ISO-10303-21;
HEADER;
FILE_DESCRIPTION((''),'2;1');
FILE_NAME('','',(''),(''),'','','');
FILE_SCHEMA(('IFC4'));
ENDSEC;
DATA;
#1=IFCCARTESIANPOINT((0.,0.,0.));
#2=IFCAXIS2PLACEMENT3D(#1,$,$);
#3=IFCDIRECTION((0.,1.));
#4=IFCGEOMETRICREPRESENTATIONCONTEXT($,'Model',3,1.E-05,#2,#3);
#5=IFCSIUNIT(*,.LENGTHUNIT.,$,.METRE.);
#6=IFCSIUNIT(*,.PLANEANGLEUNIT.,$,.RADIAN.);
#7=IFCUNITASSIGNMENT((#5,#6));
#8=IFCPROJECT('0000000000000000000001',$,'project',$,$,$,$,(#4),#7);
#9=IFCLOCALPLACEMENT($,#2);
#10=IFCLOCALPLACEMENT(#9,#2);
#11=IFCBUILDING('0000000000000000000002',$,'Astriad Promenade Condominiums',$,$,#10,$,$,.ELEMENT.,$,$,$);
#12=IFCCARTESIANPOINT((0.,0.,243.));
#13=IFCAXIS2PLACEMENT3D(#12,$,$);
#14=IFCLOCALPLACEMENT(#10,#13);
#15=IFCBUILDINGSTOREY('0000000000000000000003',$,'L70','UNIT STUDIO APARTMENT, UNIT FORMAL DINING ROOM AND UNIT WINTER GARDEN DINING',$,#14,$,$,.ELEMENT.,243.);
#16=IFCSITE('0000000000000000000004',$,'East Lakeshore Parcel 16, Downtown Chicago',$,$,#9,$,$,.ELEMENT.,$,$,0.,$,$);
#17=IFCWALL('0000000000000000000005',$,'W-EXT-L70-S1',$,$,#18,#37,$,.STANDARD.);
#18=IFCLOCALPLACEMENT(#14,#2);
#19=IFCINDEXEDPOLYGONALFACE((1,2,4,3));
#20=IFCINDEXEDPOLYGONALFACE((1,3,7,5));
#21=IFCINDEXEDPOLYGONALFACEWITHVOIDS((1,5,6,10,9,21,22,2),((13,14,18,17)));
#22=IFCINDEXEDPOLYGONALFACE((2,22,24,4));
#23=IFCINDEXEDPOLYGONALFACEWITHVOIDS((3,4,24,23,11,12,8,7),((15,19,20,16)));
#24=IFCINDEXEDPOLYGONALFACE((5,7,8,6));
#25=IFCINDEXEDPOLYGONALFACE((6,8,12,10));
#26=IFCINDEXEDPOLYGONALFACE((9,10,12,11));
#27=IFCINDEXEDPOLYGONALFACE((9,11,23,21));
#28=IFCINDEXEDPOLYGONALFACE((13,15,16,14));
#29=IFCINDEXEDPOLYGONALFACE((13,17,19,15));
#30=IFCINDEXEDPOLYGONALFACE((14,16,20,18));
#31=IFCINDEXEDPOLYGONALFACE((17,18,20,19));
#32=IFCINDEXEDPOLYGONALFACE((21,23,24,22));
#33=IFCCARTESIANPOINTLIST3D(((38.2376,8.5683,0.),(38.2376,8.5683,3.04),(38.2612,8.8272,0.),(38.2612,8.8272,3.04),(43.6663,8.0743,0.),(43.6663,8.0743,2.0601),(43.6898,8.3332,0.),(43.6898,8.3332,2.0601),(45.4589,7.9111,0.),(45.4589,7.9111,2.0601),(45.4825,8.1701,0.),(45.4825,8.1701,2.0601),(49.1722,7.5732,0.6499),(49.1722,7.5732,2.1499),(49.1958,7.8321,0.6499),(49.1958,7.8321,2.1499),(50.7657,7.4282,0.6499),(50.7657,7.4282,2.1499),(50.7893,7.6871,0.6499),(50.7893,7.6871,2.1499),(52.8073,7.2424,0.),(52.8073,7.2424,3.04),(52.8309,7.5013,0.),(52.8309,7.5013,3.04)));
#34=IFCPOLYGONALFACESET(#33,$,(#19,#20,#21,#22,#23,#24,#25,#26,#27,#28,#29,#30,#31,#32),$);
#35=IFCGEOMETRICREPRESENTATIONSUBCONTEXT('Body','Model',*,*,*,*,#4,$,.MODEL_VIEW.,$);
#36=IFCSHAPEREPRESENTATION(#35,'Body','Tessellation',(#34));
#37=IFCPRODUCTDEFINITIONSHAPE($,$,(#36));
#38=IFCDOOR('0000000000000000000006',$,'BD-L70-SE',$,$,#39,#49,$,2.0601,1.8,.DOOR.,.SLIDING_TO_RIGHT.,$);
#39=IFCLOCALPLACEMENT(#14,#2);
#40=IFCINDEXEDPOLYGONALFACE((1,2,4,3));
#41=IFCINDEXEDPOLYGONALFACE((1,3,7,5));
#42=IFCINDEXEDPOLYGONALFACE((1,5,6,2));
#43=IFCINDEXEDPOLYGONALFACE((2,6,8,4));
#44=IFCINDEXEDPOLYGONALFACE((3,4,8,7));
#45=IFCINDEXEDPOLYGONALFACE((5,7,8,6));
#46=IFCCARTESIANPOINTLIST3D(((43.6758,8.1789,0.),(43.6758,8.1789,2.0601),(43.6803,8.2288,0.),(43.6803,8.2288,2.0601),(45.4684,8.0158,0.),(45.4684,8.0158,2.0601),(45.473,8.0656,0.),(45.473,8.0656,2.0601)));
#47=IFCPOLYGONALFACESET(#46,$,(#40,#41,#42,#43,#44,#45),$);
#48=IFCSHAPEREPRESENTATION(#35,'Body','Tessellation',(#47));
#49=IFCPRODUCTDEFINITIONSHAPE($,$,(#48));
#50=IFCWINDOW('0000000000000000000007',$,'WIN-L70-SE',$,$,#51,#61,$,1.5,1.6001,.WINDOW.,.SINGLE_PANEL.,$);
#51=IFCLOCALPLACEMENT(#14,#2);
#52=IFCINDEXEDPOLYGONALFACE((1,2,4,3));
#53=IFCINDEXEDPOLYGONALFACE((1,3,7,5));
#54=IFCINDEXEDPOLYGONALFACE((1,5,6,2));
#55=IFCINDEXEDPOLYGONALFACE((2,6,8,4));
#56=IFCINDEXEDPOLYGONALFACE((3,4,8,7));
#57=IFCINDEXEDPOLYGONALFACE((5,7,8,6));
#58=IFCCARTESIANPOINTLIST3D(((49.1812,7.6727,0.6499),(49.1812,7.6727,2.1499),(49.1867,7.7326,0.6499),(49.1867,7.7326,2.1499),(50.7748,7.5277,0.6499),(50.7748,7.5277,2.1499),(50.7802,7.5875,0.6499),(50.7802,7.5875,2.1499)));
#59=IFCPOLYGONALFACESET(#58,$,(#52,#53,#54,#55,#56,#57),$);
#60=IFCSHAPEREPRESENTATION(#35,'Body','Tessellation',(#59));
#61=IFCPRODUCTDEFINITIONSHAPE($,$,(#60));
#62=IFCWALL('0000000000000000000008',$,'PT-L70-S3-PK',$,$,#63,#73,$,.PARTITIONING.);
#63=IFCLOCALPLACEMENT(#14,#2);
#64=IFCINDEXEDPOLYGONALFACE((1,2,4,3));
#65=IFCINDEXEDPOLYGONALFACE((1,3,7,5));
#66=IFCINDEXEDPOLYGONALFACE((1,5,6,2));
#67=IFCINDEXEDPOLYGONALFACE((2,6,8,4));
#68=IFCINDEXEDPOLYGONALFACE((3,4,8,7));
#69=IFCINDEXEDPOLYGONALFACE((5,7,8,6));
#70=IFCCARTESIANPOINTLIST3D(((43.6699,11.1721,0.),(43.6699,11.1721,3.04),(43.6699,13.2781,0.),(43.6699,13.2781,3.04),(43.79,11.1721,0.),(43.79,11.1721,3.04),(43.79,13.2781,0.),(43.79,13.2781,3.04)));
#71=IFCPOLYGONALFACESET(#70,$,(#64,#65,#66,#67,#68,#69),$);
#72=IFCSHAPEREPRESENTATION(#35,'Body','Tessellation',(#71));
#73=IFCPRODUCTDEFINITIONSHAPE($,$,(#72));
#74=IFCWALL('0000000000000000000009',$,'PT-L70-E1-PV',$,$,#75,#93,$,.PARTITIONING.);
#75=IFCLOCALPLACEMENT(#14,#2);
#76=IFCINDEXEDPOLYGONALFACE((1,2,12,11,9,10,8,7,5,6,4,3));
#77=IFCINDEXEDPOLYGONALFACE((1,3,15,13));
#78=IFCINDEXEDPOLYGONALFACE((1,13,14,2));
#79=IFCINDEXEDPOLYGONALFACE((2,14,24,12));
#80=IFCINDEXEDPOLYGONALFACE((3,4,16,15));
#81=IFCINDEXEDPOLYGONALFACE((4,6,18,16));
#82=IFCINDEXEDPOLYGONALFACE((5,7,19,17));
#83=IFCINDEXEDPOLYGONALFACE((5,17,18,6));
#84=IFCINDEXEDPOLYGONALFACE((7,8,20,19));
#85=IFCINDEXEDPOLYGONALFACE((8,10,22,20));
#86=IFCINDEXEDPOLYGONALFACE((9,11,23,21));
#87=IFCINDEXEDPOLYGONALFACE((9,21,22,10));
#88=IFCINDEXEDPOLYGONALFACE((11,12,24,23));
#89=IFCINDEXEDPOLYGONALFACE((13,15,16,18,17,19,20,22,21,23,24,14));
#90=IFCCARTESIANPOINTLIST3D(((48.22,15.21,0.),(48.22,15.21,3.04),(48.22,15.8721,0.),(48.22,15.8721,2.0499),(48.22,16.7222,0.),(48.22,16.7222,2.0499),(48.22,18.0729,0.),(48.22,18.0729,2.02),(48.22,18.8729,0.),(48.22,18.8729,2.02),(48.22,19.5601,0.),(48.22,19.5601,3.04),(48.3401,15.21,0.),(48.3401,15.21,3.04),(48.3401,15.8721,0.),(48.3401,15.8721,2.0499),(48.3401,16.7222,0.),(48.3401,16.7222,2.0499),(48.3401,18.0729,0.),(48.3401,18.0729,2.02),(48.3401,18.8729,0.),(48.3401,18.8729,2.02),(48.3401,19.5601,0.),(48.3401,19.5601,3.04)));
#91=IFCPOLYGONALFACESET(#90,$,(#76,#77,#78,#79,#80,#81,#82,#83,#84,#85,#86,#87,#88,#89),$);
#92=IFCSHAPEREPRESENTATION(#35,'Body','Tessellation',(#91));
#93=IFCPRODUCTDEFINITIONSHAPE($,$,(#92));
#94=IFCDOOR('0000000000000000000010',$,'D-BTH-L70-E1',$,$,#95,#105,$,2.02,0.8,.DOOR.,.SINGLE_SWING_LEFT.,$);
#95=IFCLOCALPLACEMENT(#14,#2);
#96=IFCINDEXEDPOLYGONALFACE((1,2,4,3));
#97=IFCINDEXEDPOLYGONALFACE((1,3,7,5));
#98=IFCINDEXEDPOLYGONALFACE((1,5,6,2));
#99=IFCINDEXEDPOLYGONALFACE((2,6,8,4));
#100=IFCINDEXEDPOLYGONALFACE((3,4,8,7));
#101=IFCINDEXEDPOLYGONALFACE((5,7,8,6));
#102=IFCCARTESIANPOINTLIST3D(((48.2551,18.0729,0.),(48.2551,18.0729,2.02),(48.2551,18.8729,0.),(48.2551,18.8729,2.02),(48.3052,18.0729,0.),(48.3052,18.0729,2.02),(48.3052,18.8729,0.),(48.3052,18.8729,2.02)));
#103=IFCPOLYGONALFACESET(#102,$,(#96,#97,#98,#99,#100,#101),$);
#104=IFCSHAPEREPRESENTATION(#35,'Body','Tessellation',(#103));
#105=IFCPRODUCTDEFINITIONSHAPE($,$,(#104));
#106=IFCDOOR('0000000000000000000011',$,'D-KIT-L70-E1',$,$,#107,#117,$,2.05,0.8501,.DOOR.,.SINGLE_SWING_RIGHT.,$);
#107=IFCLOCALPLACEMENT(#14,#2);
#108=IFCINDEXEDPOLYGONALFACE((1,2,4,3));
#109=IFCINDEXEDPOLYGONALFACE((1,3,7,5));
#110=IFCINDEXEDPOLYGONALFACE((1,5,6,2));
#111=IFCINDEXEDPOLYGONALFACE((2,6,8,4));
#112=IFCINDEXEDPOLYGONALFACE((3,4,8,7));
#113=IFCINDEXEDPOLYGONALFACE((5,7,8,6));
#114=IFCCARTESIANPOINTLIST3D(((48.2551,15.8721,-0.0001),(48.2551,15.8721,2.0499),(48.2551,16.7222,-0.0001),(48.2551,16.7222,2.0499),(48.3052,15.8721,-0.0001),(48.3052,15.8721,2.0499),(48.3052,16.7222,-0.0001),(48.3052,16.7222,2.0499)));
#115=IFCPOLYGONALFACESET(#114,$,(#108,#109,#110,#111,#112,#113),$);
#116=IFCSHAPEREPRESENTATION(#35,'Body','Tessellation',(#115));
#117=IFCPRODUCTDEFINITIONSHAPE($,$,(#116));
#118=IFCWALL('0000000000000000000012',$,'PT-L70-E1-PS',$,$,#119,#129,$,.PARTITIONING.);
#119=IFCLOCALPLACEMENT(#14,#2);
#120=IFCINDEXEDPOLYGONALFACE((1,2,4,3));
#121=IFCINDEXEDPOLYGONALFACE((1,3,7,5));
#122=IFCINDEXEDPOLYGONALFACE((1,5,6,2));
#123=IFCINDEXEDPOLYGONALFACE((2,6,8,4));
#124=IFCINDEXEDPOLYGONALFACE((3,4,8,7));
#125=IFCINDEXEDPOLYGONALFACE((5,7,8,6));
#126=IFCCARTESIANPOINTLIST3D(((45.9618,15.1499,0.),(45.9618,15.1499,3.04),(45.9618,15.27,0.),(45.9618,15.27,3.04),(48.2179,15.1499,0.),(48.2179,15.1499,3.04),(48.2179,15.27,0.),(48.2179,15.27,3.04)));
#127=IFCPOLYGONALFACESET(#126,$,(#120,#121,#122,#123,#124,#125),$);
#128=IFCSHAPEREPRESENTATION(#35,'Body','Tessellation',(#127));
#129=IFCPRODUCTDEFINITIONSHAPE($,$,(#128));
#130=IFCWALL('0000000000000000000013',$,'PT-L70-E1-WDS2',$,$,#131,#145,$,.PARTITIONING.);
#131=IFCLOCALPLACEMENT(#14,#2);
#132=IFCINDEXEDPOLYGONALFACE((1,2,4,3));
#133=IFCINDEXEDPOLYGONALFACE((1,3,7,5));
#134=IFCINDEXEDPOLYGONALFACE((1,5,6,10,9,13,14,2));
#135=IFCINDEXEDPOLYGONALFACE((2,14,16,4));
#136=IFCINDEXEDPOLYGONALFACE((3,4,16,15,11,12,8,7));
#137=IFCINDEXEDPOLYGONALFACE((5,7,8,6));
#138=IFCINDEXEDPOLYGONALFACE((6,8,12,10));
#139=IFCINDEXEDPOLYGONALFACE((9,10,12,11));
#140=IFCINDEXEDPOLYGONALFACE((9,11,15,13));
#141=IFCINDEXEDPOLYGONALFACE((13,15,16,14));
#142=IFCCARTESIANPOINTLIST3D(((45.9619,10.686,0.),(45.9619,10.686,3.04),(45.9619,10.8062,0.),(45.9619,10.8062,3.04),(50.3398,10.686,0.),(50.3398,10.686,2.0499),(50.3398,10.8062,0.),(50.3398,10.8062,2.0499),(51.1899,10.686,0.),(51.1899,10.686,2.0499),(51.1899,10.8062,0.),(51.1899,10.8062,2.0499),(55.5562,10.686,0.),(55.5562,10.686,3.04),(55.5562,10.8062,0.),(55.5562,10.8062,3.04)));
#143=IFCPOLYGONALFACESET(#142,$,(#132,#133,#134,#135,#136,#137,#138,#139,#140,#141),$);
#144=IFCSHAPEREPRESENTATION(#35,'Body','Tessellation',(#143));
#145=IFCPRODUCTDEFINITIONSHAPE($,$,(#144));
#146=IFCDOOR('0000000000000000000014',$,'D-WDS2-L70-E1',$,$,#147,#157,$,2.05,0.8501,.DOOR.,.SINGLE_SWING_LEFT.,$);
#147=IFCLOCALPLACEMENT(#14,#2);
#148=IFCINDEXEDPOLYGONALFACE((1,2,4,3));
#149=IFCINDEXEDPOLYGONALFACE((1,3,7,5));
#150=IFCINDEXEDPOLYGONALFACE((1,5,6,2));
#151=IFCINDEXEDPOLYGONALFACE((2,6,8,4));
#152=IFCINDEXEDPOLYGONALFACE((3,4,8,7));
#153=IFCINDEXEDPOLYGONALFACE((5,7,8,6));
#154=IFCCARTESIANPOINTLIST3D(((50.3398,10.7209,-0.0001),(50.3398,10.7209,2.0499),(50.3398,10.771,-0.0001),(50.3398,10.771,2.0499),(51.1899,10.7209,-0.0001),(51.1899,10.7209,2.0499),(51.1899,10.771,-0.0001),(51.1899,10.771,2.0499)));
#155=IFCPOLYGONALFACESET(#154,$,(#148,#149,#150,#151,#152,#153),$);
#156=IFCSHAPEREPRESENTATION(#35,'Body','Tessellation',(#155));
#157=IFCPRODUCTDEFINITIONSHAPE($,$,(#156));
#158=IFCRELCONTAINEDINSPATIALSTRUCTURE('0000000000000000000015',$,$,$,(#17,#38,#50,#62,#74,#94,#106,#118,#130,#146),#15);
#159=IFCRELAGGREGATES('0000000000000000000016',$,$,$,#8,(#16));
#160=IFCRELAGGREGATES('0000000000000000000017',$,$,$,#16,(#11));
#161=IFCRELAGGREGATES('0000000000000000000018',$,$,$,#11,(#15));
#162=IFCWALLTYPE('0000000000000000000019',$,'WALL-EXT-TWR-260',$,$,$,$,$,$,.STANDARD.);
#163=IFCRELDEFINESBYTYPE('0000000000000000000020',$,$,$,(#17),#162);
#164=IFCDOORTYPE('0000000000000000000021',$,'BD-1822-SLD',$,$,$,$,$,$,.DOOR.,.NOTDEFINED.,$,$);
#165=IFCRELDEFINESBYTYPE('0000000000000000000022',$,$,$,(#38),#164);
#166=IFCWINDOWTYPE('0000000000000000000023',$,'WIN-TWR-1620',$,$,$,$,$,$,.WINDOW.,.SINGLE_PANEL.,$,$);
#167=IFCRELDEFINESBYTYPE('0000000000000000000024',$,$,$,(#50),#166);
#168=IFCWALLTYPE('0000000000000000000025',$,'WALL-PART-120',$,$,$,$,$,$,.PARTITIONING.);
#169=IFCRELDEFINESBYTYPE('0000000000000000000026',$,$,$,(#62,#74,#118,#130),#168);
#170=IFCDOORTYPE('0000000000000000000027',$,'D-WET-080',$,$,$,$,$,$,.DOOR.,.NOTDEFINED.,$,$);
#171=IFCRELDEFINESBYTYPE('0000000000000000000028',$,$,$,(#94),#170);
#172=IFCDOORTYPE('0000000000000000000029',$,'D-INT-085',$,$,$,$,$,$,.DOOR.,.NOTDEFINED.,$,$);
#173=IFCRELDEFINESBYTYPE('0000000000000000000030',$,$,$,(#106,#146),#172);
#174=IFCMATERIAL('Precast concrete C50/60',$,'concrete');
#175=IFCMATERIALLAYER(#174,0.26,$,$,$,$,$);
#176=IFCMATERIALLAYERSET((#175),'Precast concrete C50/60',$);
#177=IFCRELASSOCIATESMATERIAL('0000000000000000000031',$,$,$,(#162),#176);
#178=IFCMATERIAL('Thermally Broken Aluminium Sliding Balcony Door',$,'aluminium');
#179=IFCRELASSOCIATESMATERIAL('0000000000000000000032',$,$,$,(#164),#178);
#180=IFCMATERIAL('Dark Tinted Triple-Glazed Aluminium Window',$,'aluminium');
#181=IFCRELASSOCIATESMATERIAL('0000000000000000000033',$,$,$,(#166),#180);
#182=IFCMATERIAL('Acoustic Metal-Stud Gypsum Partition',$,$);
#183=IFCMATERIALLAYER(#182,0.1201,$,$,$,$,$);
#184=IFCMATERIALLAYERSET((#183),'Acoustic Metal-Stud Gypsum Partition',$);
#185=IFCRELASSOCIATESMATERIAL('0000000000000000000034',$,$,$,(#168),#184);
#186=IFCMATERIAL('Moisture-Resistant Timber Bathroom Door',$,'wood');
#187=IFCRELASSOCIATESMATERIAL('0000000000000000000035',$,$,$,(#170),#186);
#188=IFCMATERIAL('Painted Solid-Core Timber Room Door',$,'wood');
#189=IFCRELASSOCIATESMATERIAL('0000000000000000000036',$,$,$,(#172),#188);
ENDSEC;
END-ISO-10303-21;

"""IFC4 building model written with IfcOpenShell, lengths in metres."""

from ifc_helpers import new_model, si_unit, direction, frame, frame_2d, origin, place, context, subcontext, project, spatial, rectangle, extrude, source, transform, mapped, material, layer, layer_set, type_object, type_shapes, element, fill, save


model = new_model("IFC4")

# Units and contexts
model_context = context("Model", 3, precision=1e-05, world=origin(), true_north=direction((0.0, 1.0)))
body_context = subcontext(model_context, "Body", "Model", "MODEL_VIEW")
ifc_project = project(units=[si_unit("LENGTHUNIT", "METRE"), si_unit("PLANEANGLEUNIT", "RADIAN")], contexts=[model_context])

# Site, building, storey
site_placement = place(None, origin())
site = spatial("IfcSite", under=ifc_project, at=site_placement, Name="East Lakeshore Parcel 16, Downtown Chicago", CompositionType="ELEMENT", RefElevation=0.0)
building_placement = place(site_placement, origin())
building = spatial("IfcBuilding", under=site, at=building_placement, Name="Astriad Promenade Condominiums", CompositionType="ELEMENT")
storey_placement = place(building_placement, frame((0.0, 0.0, 243.0)))
storey = spatial("IfcBuildingStorey", under=building, at=storey_placement, Name="L70", Description="UNIT STUDIO APARTMENT, UNIT FORMAL DINING ROOM AND UNIT WINTER GARDEN DINING", CompositionType="ELEMENT", Elevation=243.0)

# Shared definitions
ifc_material_1 = material(Name="Precast concrete C50/60", Category="concrete")
ifc_layer_1 = layer(ifc_material_1, 0.26)
ifc_layer_set_1 = layer_set([ifc_layer_1], Name="Precast concrete C50/60")
wall_type_1 = type_object("IfcWallType", Name="WALL-EXT-TWR-260", PredefinedType="STANDARD", material=ifc_layer_set_1)

# Wall, openings, door, window
wall_1_placement = place(storey_placement, frame((52.8191, 7.3718, 0.0), z_axis=(0.0, 0.0, 1.0), x_axis=(-0.995884, 0.090632, 0.0)))
wall_1 = element("IfcWall", 1, at=wall_1_placement, inside=storey, type_object=wall_type_1, Name="W-EXT-L70-S1", PredefinedType="STANDARD", context=body_context, shape_type="SweptSolid", body=[
    extrude(rectangle(XDim=14.6299, YDim=0.26, at=frame_2d((7.3149, 0.0))), origin(), (0.0, 0.0, 1.0), 3.04),
])
opening_1_placement = place(wall_1_placement, frame((7.3789, 0.0, 0.0)))
opening_1 = element("IfcOpeningElement", 2, at=opening_1_placement, cuts=wall_1, PredefinedType="OPENING", context=body_context, shape_type="SweptSolid", body=[
    extrude(rectangle(XDim=1.8, YDim=2.0601, at=frame_2d((0.8999, 1.03))), frame((0.0, 0.1399, 0.0), z_axis=(0.0, -1.0, 0.0), x_axis=(1.0, 0.0, 0.0)), (0.0, 0.0, 1.0), 0.28),
])
opening_2_placement = place(wall_1_placement, frame((2.05, 0.0, 0.6499)))
opening_2 = element("IfcOpeningElement", 3, at=opening_2_placement, cuts=wall_1, PredefinedType="OPENING", context=body_context, shape_type="SweptSolid", body=[
    extrude(rectangle(XDim=1.6001, YDim=1.5, at=frame_2d((0.8, 0.75))), frame((0.0, 0.1399, 0.0), z_axis=(0.0, -1.0, 0.0), x_axis=(1.0, 0.0, 0.0)), (0.0, 0.0, 1.0), 0.28),
])
ifc_material_2 = material(Name="Thermally Broken Aluminium Sliding Balcony Door", Category="aluminium")
door_type_1 = type_object("IfcDoorType", Name="BD-1822-SLD", OperationType="NOTDEFINED", PredefinedType="DOOR", material=ifc_material_2)
shared_shape_1 = source(origin(), body_context, "Body", "SweptSolid", [
    extrude(rectangle(XDim=1.8, YDim=2.0601, at=frame_2d((0.8999, 1.03))), frame((0.0, 0.0249, 0.0), z_axis=(0.0, -1.0, 0.0), x_axis=(1.0, 0.0, 0.0)), (0.0, 0.0, 1.0), 0.05),
])
type_shapes(door_type_1, [shared_shape_1])
door_1_placement = place(opening_1_placement, origin())
door_1 = element("IfcDoor", 4, at=door_1_placement, inside=storey, type_object=door_type_1, Name="BD-L70-SE", OperationType="SLIDING_TO_RIGHT", OverallHeight=2.0601, OverallWidth=1.8, PredefinedType="DOOR", context=body_context, shape_type="MappedRepresentation", body=[
    mapped(shared_shape_1, transform((0.0, 0.0, 0.0), scale=1.0)),
])
fill(opening_1, door_1)
ifc_material_3 = material(Name="Dark Tinted Triple-Glazed Aluminium Window", Category="aluminium")
window_type = type_object("IfcWindowType", Name="WIN-TWR-1620", PartitioningType="SINGLE_PANEL", PredefinedType="WINDOW", material=ifc_material_3)
shared_shape_2 = source(origin(), body_context, "Body", "SweptSolid", [
    extrude(rectangle(XDim=1.6001, YDim=1.5, at=frame_2d((0.8, 0.75))), frame((0.0, 0.03, 0.0), z_axis=(0.0, -1.0, 0.0), x_axis=(1.0, 0.0, 0.0)), (0.0, 0.0, 1.0), 0.0601),
])
type_shapes(window_type, [shared_shape_2])
window_placement = place(opening_2_placement, origin())
window = element("IfcWindow", 5, at=window_placement, inside=storey, type_object=window_type, Name="WIN-L70-SE", OverallHeight=1.5, OverallWidth=1.6001, PartitioningType="SINGLE_PANEL", PredefinedType="WINDOW", context=body_context, shape_type="MappedRepresentation", body=[
    mapped(shared_shape_2, transform((0.0, 0.0, 0.0), scale=1.0)),
])
fill(opening_2, window)

# Wall
ifc_material_4 = material(Name="Acoustic Metal-Stud Gypsum Partition")
ifc_layer_2 = layer(ifc_material_4, 0.1201)
ifc_layer_set_2 = layer_set([ifc_layer_2], Name="Acoustic Metal-Stud Gypsum Partition")
wall_type_2 = type_object("IfcWallType", Name="WALL-PART-120", PredefinedType="PARTITIONING", material=ifc_layer_set_2)
wall_2_placement = place(storey_placement, frame((43.73, 11.1721, 0.0), z_axis=(0.0, 0.0, 1.0), x_axis=(0.0, 1.0, 0.0)))
element("IfcWall", 6, at=wall_2_placement, inside=storey, type_object=wall_type_2, Name="PT-L70-S3-PK", PredefinedType="PARTITIONING", context=body_context, shape_type="SweptSolid", body=[
    extrude(rectangle(XDim=2.106, YDim=0.1201, at=frame_2d((1.053, 0.0))), origin(), (0.0, 0.0, 1.0), 3.04),
])

# Wall, openings, doors
wall_3_placement = place(storey_placement, frame((48.28, 15.21, 0.0), z_axis=(0.0, 0.0, 1.0), x_axis=(0.0, 1.0, 0.0)))
wall_3 = element("IfcWall", 7, at=wall_3_placement, inside=storey, type_object=wall_type_2, Name="PT-L70-E1-PV", PredefinedType="PARTITIONING", context=body_context, shape_type="SweptSolid", body=[
    extrude(rectangle(XDim=4.3501, YDim=0.1201, at=frame_2d((2.175, 0.0))), origin(), (0.0, 0.0, 1.0), 3.04),
])
opening_3_placement = place(wall_3_placement, frame((0.6621, 0.0, 0.0)))
opening_3 = element("IfcOpeningElement", 8, at=opening_3_placement, cuts=wall_3, PredefinedType="OPENING", context=body_context, shape_type="SweptSolid", body=[
    extrude(rectangle(XDim=0.8501, YDim=2.05, at=frame_2d((0.425, 1.0249))), frame((0.0, 0.0701, 0.0), z_axis=(0.0, -1.0, 0.0), x_axis=(1.0, 0.0, 0.0)), (0.0, 0.0, 1.0), 0.1401),
])
opening_4_placement = place(wall_3_placement, frame((2.863, 0.0, 0.0)))
opening_4 = element("IfcOpeningElement", 9, at=opening_4_placement, cuts=wall_3, PredefinedType="OPENING", context=body_context, shape_type="SweptSolid", body=[
    extrude(rectangle(XDim=0.8, YDim=2.02, at=frame_2d((0.3999, 1.01))), frame((0.0, 0.0701, 0.0), z_axis=(0.0, -1.0, 0.0), x_axis=(1.0, 0.0, 0.0)), (0.0, 0.0, 1.0), 0.1401),
])
ifc_material_5 = material(Name="Moisture-Resistant Timber Bathroom Door", Category="wood")
door_type_2 = type_object("IfcDoorType", Name="D-WET-080", OperationType="NOTDEFINED", PredefinedType="DOOR", material=ifc_material_5)
shared_shape_3 = source(origin(), body_context, "Body", "SweptSolid", [
    extrude(rectangle(XDim=0.8, YDim=2.02, at=frame_2d((0.3999, 1.01))), frame((0.0, 0.0249, 0.0), z_axis=(0.0, -1.0, 0.0), x_axis=(1.0, 0.0, 0.0)), (0.0, 0.0, 1.0), 0.05),
])
type_shapes(door_type_2, [shared_shape_3])
door_2_placement = place(opening_4_placement, origin())
door_2 = element("IfcDoor", 10, at=door_2_placement, inside=storey, type_object=door_type_2, Name="D-BTH-L70-E1", OperationType="SINGLE_SWING_LEFT", OverallHeight=2.02, OverallWidth=0.8, PredefinedType="DOOR", context=body_context, shape_type="MappedRepresentation", body=[
    mapped(shared_shape_3, transform((0.0, 0.0, 0.0), scale=1.0)),
])
fill(opening_4, door_2)
ifc_material_6 = material(Name="Painted Solid-Core Timber Room Door", Category="wood")
door_type_3 = type_object("IfcDoorType", Name="D-INT-085", OperationType="NOTDEFINED", PredefinedType="DOOR", material=ifc_material_6)
shared_shape_4 = source(origin(), body_context, "Body", "SweptSolid", [
    extrude(rectangle(XDim=0.8501, YDim=2.05, at=frame_2d((0.425, 1.0249))), frame((0.0, 0.0249, 0.0), z_axis=(0.0, -1.0, 0.0), x_axis=(1.0, 0.0, 0.0)), (0.0, 0.0, 1.0), 0.05),
])
type_shapes(door_type_3, [shared_shape_4])
door_3_placement = place(opening_3_placement, origin())
door_3 = element("IfcDoor", 11, at=door_3_placement, inside=storey, type_object=door_type_3, Name="D-KIT-L70-E1", OperationType="SINGLE_SWING_RIGHT", OverallHeight=2.05, OverallWidth=0.8501, PredefinedType="DOOR", context=body_context, shape_type="MappedRepresentation", body=[
    mapped(shared_shape_4, transform((0.0, 0.0, 0.0), scale=1.0)),
])
fill(opening_3, door_3)

# Wall
wall_4_placement = place(storey_placement, frame((45.9619, 15.21, 0.0), z_axis=(0.0, 0.0, 1.0), x_axis=(1.0, 0.0, 0.0)))
element("IfcWall", 12, at=wall_4_placement, inside=storey, type_object=wall_type_2, Name="PT-L70-E1-PS", PredefinedType="PARTITIONING", context=body_context, shape_type="SweptSolid", body=[
    extrude(rectangle(XDim=2.2561, YDim=0.1201, at=frame_2d((1.1279, 0.0))), origin(), (0.0, 0.0, 1.0), 3.04),
])

# Wall, opening, door
wall_5_placement = place(storey_placement, frame((45.9619, 10.7461, 0.0), z_axis=(0.0, 0.0, 1.0), x_axis=(1.0, 0.0, 0.0)))
wall_5 = element("IfcWall", 13, at=wall_5_placement, inside=storey, type_object=wall_type_2, Name="PT-L70-E1-WDS2", PredefinedType="PARTITIONING", context=body_context, shape_type="SweptSolid", body=[
    extrude(rectangle(XDim=9.5942, YDim=0.1201, at=frame_2d((4.7971, 0.0))), origin(), (0.0, 0.0, 1.0), 3.04),
])
opening_5_placement = place(wall_5_placement, frame((4.3779, 0.0, 0.0)))
opening_5 = element("IfcOpeningElement", 14, at=opening_5_placement, cuts=wall_5, PredefinedType="OPENING", context=body_context, shape_type="SweptSolid", body=[
    extrude(rectangle(XDim=0.8501, YDim=2.05, at=frame_2d((0.425, 1.0249))), frame((0.0, 0.0701, 0.0), z_axis=(0.0, -1.0, 0.0), x_axis=(1.0, 0.0, 0.0)), (0.0, 0.0, 1.0), 0.1401),
])
door_4_placement = place(opening_5_placement, origin())
door_4 = element("IfcDoor", 15, at=door_4_placement, inside=storey, type_object=door_type_3, Name="D-WDS2-L70-E1", OperationType="SINGLE_SWING_LEFT", OverallHeight=2.05, OverallWidth=0.8501, PredefinedType="DOOR", context=body_context, shape_type="MappedRepresentation", body=[
    mapped(shared_shape_4, transform((0.0, 0.0, 0.0), scale=1.0)),
])
fill(opening_5, door_4)

save(model, "model.ifc")
